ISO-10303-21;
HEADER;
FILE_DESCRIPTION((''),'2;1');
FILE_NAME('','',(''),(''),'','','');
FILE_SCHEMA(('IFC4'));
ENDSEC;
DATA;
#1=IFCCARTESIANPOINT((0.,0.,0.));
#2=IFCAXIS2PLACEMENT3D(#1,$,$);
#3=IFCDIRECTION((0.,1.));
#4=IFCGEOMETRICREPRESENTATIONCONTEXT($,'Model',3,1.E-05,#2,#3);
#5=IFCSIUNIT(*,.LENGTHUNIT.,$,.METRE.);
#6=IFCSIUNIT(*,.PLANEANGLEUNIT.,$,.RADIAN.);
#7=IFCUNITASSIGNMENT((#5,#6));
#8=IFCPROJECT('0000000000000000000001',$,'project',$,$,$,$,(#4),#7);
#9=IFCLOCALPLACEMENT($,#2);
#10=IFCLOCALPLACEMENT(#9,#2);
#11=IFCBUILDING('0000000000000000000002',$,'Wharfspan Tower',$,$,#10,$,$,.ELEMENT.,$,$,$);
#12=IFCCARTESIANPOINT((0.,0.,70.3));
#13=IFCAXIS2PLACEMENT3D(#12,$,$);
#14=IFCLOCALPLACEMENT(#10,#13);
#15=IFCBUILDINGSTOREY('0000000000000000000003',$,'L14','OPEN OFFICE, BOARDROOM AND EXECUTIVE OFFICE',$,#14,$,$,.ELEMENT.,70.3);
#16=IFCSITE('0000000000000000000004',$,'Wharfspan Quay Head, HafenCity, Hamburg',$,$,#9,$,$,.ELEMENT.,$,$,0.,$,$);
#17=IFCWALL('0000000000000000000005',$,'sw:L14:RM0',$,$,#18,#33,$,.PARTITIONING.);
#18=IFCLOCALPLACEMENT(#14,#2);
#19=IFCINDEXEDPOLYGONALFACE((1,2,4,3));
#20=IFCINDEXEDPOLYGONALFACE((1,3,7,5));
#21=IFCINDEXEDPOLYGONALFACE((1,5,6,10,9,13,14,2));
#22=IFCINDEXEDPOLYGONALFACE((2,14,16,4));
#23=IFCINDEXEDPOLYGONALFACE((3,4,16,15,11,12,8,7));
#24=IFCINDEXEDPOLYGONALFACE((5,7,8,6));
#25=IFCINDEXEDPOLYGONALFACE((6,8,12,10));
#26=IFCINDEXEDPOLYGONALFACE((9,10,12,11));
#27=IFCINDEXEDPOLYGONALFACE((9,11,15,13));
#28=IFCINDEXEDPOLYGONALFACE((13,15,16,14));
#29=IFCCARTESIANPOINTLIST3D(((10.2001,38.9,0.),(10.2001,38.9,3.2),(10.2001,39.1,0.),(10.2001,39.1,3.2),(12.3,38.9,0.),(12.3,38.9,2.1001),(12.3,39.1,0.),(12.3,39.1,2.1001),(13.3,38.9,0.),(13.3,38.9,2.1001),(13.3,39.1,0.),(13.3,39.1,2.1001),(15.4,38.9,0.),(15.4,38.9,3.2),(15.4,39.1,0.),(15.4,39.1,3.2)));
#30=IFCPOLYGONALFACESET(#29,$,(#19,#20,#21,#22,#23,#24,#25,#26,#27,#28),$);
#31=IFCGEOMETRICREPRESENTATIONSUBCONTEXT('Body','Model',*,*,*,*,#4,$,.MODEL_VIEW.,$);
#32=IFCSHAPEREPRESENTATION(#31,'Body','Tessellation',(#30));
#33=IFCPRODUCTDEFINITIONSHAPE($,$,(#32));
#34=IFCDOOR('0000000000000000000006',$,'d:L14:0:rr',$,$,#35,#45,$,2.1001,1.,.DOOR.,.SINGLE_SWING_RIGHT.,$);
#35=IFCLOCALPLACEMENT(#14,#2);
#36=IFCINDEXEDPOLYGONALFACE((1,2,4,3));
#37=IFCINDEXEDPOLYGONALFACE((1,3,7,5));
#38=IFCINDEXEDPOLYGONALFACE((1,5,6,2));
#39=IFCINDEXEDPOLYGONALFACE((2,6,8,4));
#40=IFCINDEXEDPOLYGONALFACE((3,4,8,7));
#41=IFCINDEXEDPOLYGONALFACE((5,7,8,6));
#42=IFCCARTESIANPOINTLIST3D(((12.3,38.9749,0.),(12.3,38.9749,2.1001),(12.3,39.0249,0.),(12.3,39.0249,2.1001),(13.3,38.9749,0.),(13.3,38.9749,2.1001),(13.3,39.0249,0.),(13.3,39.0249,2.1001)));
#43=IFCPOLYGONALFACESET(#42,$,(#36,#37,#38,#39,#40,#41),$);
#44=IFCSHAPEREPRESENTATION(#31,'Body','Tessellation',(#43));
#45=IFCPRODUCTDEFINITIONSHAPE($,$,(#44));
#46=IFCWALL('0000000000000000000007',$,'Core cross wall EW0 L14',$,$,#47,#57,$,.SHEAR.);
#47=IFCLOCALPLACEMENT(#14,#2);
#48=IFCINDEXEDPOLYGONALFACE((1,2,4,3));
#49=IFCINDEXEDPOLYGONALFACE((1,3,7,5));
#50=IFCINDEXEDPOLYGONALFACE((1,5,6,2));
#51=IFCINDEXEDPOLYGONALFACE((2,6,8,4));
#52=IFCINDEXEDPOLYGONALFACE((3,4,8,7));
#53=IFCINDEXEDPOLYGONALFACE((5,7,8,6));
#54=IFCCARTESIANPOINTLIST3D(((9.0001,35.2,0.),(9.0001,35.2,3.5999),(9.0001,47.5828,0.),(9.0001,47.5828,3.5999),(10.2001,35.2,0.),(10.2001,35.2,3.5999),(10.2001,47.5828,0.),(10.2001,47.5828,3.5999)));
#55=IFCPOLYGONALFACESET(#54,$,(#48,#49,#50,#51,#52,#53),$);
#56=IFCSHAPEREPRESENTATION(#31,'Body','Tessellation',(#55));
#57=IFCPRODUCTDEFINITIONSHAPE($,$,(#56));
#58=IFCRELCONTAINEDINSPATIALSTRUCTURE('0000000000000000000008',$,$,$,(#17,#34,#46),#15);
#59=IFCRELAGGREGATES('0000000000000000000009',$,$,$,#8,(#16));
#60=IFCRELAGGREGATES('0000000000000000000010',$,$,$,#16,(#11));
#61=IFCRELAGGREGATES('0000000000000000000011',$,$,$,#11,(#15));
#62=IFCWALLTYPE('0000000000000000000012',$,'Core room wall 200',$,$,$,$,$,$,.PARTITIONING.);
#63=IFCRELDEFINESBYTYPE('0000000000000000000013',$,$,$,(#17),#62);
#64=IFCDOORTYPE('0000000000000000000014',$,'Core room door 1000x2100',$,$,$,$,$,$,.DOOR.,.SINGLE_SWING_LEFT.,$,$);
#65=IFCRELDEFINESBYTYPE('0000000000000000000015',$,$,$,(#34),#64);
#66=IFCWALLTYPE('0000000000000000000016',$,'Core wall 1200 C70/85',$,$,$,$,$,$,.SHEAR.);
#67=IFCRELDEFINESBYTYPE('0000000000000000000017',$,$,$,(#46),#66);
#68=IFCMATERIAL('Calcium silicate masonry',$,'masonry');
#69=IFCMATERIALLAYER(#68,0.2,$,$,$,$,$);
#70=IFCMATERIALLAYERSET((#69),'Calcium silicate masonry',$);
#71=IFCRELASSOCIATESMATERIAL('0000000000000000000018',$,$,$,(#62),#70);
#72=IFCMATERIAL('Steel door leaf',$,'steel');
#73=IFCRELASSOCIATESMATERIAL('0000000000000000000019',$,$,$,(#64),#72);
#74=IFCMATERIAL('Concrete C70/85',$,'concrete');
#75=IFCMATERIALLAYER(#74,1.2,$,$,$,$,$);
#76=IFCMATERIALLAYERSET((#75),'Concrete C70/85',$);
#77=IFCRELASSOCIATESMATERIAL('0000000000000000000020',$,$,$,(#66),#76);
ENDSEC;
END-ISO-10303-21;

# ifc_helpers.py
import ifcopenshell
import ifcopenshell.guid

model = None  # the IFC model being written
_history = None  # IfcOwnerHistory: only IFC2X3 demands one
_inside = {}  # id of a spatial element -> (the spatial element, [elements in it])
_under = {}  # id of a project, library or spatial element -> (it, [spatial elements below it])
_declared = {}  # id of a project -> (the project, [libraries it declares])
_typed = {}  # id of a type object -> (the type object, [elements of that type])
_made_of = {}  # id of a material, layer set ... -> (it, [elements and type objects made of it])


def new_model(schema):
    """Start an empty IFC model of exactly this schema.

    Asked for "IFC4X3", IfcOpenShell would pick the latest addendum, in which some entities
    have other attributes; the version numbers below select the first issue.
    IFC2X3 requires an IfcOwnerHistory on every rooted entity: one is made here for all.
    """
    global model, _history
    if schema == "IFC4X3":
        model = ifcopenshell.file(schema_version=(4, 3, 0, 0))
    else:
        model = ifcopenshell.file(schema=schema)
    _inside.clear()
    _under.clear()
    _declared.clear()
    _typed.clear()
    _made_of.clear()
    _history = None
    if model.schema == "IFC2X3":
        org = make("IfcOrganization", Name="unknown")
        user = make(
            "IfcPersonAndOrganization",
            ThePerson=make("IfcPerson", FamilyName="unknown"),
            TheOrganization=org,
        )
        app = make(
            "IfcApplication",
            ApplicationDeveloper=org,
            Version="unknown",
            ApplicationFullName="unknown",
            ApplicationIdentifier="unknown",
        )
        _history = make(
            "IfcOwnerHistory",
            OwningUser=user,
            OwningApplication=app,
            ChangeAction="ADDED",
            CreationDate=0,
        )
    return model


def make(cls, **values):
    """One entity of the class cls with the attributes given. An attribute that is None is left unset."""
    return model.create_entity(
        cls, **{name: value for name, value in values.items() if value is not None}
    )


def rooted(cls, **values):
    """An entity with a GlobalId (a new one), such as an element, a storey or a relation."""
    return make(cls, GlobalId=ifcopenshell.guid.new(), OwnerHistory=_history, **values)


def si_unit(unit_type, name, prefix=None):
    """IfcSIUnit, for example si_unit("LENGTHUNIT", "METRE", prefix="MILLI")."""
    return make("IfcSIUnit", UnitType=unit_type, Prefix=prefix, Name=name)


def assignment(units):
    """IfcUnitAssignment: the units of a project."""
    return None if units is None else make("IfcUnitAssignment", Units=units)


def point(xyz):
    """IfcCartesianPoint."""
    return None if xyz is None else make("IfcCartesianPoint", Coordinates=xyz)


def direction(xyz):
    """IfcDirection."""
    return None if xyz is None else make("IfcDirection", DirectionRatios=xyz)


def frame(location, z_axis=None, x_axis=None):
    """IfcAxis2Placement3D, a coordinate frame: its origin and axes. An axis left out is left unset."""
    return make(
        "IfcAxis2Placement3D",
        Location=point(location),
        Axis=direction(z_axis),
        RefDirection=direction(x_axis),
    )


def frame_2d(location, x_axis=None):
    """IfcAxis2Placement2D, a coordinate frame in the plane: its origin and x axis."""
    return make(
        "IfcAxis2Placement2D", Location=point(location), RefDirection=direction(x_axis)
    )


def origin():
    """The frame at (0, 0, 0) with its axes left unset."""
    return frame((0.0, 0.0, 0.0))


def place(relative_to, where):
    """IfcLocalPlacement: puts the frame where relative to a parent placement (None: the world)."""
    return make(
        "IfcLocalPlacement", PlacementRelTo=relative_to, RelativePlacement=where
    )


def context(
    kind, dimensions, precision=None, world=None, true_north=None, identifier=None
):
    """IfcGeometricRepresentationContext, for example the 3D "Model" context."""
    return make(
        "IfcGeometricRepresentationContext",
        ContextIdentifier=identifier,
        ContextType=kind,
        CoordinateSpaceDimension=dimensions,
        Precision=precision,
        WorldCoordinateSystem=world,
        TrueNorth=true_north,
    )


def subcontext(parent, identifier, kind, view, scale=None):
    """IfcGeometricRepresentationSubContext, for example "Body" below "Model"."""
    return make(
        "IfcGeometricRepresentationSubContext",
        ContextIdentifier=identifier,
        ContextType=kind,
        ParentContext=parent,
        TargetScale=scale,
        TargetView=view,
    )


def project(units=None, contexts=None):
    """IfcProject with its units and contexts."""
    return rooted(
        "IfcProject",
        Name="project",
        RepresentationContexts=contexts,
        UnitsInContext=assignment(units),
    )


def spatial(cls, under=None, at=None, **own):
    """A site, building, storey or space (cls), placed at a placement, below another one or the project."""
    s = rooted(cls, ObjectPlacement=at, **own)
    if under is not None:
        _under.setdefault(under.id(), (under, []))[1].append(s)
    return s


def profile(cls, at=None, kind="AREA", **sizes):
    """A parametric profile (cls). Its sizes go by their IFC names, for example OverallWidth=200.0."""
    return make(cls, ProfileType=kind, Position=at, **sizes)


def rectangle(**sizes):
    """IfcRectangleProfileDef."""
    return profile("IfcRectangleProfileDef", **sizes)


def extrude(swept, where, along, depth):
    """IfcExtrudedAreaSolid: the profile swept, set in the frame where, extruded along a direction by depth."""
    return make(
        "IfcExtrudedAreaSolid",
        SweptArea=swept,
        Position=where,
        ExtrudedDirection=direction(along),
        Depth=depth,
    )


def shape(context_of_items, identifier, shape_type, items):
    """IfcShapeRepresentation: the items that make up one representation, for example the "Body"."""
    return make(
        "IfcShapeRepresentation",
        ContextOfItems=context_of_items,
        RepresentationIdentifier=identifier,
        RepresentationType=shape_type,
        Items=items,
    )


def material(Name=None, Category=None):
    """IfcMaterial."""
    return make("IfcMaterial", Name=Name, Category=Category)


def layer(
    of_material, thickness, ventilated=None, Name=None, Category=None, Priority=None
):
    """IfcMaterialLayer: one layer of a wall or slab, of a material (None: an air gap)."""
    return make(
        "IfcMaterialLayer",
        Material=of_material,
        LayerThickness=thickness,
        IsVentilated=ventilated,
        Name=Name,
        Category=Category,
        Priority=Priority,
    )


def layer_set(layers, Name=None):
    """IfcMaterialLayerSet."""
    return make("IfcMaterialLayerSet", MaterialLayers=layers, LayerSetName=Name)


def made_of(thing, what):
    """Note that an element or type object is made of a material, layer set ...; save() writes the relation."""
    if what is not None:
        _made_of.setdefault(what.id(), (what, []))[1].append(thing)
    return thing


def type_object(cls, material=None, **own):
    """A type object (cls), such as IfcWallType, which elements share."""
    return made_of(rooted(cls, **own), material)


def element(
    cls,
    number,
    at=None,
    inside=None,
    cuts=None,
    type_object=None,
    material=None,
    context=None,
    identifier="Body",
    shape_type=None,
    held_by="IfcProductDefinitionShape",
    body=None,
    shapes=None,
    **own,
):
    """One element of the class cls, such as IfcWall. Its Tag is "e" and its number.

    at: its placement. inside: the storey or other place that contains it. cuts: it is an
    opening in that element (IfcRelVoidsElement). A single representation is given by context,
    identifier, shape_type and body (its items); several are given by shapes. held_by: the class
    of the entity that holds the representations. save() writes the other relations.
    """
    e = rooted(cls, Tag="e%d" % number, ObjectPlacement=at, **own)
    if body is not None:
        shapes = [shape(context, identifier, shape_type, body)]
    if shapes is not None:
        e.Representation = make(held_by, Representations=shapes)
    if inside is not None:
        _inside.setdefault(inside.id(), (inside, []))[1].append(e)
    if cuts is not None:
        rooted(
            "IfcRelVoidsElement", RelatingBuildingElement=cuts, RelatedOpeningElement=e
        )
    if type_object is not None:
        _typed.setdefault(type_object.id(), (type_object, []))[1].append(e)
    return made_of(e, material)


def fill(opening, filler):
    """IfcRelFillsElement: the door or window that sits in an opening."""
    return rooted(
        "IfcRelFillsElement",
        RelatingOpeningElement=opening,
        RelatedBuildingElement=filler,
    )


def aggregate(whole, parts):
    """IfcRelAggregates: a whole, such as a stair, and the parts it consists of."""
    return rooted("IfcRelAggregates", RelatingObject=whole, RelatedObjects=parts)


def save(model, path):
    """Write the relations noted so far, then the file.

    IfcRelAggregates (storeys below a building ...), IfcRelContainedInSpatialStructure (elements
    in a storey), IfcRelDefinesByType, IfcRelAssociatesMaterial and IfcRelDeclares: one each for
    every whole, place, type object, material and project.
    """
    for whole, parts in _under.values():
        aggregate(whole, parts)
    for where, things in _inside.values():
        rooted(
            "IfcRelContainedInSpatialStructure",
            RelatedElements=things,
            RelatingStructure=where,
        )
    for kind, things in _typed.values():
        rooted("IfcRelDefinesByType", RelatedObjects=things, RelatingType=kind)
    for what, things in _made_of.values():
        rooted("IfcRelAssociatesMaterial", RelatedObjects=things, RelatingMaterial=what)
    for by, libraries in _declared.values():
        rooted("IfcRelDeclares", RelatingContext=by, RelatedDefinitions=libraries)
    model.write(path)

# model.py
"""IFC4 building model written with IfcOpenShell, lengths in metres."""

from ifc_helpers import new_model, si_unit, direction, frame, frame_2d, origin, place, context, subcontext, project, spatial, rectangle, extrude, material, layer, layer_set, type_object, element, fill, save


model = new_model("IFC4")

# Units and contexts
model_context = context("Model", 3, precision=1e-05, world=origin(), true_north=direction((0.0, 1.0)))
body_context = subcontext(model_context, "Body", "Model", "MODEL_VIEW")
ifc_project = project(units=[si_unit("LENGTHUNIT", "METRE"), si_unit("PLANEANGLEUNIT", "RADIAN")], contexts=[model_context])

# Site, building, storey
site_placement = place(None, origin())
site = spatial("IfcSite", under=ifc_project, at=site_placement, Name="Wharfspan Quay Head, HafenCity, Hamburg", CompositionType="ELEMENT", RefElevation=0.0)
building_placement = place(site_placement, origin())
building = spatial("IfcBuilding", under=site, at=building_placement, Name="Wharfspan Tower", CompositionType="ELEMENT")
storey_placement = place(building_placement, frame((0.0, 0.0, 70.3)))
storey = spatial("IfcBuildingStorey", under=building, at=storey_placement, Name="L14", Description="OPEN OFFICE, BOARDROOM AND EXECUTIVE OFFICE", CompositionType="ELEMENT", Elevation=70.3)

# Wall, opening, door
ifc_material_1 = material(Name="Calcium silicate masonry", Category="masonry")
ifc_layer_1 = layer(ifc_material_1, 0.2)
ifc_layer_set_1 = layer_set([ifc_layer_1], Name="Calcium silicate masonry")
wall_type_1 = type_object("IfcWallType", Name="Core room wall 200", PredefinedType="PARTITIONING", material=ifc_layer_set_1)
wall_1_placement = place(storey_placement, frame((10.2, 39.0, 0.0), z_axis=(0.0, 0.0, 1.0), x_axis=(1.0, 0.0, 0.0)))
wall_1 = element("IfcWall", 1, at=wall_1_placement, inside=storey, type_object=wall_type_1, Name="sw:L14:RM0", PredefinedType="PARTITIONING", context=body_context, shape_type="SweptSolid", body=[
    extrude(rectangle(XDim=5.2, YDim=0.2, at=frame_2d((2.6001, 0.0))), origin(), (0.0, 0.0, 1.0), 3.2),
])
opening_1_placement = place(wall_1_placement, frame((2.1001, 0.0, 0.0)))
opening_1 = element("IfcOpeningElement", 2, at=opening_1_placement, cuts=wall_1, PredefinedType="OPENING", context=body_context, shape_type="SweptSolid", body=[
    extrude(rectangle(XDim=1.0, YDim=2.1001, at=frame_2d((0.5, 1.05))), frame((0.0, 0.1099, 0.0), z_axis=(0.0, -1.0, 0.0), x_axis=(1.0, 0.0, 0.0)), (0.0, 0.0, 1.0), 0.22),
])
ifc_material_2 = material(Name="Steel door leaf", Category="steel")
door_type_1 = type_object("IfcDoorType", Name="Core room door 1000x2100", OperationType="SINGLE_SWING_LEFT", PredefinedType="DOOR", material=ifc_material_2)
door_1_placement = place(opening_1_placement, origin())
door_1 = element("IfcDoor", 3, at=door_1_placement, inside=storey, type_object=door_type_1, Name="d:L14:0:rr", OperationType="SINGLE_SWING_RIGHT", OverallHeight=2.1001, OverallWidth=1.0, PredefinedType="DOOR", context=body_context, shape_type="SweptSolid", body=[
    extrude(rectangle(XDim=1.0, YDim=2.1001, at=frame_2d((0.5, 1.05))), frame((0.0, 0.0249, 0.0), z_axis=(0.0, -1.0, 0.0), x_axis=(1.0, 0.0, 0.0)), (0.0, 0.0, 1.0), 0.05),
])
fill(opening_1, door_1)

# Shared definitions
ifc_material_3 = material(Name="Concrete C70/85", Category="concrete")
ifc_layer_2 = layer(ifc_material_3, 1.2)
ifc_layer_set_2 = layer_set([ifc_layer_2], Name="Concrete C70/85")
wall_type_2 = type_object("IfcWallType", Name="Core wall 1200 C70/85", PredefinedType="SHEAR", material=ifc_layer_set_2)

# Wall
wall_2_placement = place(storey_placement, frame((9.6001, 35.2, 0.0), z_axis=(0.0, 0.0, 1.0), x_axis=(0.0, 1.0, 0.0)))
element("IfcWall", 4, at=wall_2_placement, inside=storey, type_object=wall_type_2, Name="Core cross wall EW0 L14", PredefinedType="SHEAR", context=body_context, shape_type="SweptSolid", body=[
    extrude(rectangle(XDim=12.3828, YDim=1.2, at=frame_2d((6.1914, 0.0))), origin(), (0.0, 0.0, 1.0), 3.5999),
])

save(model, "model.ifc")
